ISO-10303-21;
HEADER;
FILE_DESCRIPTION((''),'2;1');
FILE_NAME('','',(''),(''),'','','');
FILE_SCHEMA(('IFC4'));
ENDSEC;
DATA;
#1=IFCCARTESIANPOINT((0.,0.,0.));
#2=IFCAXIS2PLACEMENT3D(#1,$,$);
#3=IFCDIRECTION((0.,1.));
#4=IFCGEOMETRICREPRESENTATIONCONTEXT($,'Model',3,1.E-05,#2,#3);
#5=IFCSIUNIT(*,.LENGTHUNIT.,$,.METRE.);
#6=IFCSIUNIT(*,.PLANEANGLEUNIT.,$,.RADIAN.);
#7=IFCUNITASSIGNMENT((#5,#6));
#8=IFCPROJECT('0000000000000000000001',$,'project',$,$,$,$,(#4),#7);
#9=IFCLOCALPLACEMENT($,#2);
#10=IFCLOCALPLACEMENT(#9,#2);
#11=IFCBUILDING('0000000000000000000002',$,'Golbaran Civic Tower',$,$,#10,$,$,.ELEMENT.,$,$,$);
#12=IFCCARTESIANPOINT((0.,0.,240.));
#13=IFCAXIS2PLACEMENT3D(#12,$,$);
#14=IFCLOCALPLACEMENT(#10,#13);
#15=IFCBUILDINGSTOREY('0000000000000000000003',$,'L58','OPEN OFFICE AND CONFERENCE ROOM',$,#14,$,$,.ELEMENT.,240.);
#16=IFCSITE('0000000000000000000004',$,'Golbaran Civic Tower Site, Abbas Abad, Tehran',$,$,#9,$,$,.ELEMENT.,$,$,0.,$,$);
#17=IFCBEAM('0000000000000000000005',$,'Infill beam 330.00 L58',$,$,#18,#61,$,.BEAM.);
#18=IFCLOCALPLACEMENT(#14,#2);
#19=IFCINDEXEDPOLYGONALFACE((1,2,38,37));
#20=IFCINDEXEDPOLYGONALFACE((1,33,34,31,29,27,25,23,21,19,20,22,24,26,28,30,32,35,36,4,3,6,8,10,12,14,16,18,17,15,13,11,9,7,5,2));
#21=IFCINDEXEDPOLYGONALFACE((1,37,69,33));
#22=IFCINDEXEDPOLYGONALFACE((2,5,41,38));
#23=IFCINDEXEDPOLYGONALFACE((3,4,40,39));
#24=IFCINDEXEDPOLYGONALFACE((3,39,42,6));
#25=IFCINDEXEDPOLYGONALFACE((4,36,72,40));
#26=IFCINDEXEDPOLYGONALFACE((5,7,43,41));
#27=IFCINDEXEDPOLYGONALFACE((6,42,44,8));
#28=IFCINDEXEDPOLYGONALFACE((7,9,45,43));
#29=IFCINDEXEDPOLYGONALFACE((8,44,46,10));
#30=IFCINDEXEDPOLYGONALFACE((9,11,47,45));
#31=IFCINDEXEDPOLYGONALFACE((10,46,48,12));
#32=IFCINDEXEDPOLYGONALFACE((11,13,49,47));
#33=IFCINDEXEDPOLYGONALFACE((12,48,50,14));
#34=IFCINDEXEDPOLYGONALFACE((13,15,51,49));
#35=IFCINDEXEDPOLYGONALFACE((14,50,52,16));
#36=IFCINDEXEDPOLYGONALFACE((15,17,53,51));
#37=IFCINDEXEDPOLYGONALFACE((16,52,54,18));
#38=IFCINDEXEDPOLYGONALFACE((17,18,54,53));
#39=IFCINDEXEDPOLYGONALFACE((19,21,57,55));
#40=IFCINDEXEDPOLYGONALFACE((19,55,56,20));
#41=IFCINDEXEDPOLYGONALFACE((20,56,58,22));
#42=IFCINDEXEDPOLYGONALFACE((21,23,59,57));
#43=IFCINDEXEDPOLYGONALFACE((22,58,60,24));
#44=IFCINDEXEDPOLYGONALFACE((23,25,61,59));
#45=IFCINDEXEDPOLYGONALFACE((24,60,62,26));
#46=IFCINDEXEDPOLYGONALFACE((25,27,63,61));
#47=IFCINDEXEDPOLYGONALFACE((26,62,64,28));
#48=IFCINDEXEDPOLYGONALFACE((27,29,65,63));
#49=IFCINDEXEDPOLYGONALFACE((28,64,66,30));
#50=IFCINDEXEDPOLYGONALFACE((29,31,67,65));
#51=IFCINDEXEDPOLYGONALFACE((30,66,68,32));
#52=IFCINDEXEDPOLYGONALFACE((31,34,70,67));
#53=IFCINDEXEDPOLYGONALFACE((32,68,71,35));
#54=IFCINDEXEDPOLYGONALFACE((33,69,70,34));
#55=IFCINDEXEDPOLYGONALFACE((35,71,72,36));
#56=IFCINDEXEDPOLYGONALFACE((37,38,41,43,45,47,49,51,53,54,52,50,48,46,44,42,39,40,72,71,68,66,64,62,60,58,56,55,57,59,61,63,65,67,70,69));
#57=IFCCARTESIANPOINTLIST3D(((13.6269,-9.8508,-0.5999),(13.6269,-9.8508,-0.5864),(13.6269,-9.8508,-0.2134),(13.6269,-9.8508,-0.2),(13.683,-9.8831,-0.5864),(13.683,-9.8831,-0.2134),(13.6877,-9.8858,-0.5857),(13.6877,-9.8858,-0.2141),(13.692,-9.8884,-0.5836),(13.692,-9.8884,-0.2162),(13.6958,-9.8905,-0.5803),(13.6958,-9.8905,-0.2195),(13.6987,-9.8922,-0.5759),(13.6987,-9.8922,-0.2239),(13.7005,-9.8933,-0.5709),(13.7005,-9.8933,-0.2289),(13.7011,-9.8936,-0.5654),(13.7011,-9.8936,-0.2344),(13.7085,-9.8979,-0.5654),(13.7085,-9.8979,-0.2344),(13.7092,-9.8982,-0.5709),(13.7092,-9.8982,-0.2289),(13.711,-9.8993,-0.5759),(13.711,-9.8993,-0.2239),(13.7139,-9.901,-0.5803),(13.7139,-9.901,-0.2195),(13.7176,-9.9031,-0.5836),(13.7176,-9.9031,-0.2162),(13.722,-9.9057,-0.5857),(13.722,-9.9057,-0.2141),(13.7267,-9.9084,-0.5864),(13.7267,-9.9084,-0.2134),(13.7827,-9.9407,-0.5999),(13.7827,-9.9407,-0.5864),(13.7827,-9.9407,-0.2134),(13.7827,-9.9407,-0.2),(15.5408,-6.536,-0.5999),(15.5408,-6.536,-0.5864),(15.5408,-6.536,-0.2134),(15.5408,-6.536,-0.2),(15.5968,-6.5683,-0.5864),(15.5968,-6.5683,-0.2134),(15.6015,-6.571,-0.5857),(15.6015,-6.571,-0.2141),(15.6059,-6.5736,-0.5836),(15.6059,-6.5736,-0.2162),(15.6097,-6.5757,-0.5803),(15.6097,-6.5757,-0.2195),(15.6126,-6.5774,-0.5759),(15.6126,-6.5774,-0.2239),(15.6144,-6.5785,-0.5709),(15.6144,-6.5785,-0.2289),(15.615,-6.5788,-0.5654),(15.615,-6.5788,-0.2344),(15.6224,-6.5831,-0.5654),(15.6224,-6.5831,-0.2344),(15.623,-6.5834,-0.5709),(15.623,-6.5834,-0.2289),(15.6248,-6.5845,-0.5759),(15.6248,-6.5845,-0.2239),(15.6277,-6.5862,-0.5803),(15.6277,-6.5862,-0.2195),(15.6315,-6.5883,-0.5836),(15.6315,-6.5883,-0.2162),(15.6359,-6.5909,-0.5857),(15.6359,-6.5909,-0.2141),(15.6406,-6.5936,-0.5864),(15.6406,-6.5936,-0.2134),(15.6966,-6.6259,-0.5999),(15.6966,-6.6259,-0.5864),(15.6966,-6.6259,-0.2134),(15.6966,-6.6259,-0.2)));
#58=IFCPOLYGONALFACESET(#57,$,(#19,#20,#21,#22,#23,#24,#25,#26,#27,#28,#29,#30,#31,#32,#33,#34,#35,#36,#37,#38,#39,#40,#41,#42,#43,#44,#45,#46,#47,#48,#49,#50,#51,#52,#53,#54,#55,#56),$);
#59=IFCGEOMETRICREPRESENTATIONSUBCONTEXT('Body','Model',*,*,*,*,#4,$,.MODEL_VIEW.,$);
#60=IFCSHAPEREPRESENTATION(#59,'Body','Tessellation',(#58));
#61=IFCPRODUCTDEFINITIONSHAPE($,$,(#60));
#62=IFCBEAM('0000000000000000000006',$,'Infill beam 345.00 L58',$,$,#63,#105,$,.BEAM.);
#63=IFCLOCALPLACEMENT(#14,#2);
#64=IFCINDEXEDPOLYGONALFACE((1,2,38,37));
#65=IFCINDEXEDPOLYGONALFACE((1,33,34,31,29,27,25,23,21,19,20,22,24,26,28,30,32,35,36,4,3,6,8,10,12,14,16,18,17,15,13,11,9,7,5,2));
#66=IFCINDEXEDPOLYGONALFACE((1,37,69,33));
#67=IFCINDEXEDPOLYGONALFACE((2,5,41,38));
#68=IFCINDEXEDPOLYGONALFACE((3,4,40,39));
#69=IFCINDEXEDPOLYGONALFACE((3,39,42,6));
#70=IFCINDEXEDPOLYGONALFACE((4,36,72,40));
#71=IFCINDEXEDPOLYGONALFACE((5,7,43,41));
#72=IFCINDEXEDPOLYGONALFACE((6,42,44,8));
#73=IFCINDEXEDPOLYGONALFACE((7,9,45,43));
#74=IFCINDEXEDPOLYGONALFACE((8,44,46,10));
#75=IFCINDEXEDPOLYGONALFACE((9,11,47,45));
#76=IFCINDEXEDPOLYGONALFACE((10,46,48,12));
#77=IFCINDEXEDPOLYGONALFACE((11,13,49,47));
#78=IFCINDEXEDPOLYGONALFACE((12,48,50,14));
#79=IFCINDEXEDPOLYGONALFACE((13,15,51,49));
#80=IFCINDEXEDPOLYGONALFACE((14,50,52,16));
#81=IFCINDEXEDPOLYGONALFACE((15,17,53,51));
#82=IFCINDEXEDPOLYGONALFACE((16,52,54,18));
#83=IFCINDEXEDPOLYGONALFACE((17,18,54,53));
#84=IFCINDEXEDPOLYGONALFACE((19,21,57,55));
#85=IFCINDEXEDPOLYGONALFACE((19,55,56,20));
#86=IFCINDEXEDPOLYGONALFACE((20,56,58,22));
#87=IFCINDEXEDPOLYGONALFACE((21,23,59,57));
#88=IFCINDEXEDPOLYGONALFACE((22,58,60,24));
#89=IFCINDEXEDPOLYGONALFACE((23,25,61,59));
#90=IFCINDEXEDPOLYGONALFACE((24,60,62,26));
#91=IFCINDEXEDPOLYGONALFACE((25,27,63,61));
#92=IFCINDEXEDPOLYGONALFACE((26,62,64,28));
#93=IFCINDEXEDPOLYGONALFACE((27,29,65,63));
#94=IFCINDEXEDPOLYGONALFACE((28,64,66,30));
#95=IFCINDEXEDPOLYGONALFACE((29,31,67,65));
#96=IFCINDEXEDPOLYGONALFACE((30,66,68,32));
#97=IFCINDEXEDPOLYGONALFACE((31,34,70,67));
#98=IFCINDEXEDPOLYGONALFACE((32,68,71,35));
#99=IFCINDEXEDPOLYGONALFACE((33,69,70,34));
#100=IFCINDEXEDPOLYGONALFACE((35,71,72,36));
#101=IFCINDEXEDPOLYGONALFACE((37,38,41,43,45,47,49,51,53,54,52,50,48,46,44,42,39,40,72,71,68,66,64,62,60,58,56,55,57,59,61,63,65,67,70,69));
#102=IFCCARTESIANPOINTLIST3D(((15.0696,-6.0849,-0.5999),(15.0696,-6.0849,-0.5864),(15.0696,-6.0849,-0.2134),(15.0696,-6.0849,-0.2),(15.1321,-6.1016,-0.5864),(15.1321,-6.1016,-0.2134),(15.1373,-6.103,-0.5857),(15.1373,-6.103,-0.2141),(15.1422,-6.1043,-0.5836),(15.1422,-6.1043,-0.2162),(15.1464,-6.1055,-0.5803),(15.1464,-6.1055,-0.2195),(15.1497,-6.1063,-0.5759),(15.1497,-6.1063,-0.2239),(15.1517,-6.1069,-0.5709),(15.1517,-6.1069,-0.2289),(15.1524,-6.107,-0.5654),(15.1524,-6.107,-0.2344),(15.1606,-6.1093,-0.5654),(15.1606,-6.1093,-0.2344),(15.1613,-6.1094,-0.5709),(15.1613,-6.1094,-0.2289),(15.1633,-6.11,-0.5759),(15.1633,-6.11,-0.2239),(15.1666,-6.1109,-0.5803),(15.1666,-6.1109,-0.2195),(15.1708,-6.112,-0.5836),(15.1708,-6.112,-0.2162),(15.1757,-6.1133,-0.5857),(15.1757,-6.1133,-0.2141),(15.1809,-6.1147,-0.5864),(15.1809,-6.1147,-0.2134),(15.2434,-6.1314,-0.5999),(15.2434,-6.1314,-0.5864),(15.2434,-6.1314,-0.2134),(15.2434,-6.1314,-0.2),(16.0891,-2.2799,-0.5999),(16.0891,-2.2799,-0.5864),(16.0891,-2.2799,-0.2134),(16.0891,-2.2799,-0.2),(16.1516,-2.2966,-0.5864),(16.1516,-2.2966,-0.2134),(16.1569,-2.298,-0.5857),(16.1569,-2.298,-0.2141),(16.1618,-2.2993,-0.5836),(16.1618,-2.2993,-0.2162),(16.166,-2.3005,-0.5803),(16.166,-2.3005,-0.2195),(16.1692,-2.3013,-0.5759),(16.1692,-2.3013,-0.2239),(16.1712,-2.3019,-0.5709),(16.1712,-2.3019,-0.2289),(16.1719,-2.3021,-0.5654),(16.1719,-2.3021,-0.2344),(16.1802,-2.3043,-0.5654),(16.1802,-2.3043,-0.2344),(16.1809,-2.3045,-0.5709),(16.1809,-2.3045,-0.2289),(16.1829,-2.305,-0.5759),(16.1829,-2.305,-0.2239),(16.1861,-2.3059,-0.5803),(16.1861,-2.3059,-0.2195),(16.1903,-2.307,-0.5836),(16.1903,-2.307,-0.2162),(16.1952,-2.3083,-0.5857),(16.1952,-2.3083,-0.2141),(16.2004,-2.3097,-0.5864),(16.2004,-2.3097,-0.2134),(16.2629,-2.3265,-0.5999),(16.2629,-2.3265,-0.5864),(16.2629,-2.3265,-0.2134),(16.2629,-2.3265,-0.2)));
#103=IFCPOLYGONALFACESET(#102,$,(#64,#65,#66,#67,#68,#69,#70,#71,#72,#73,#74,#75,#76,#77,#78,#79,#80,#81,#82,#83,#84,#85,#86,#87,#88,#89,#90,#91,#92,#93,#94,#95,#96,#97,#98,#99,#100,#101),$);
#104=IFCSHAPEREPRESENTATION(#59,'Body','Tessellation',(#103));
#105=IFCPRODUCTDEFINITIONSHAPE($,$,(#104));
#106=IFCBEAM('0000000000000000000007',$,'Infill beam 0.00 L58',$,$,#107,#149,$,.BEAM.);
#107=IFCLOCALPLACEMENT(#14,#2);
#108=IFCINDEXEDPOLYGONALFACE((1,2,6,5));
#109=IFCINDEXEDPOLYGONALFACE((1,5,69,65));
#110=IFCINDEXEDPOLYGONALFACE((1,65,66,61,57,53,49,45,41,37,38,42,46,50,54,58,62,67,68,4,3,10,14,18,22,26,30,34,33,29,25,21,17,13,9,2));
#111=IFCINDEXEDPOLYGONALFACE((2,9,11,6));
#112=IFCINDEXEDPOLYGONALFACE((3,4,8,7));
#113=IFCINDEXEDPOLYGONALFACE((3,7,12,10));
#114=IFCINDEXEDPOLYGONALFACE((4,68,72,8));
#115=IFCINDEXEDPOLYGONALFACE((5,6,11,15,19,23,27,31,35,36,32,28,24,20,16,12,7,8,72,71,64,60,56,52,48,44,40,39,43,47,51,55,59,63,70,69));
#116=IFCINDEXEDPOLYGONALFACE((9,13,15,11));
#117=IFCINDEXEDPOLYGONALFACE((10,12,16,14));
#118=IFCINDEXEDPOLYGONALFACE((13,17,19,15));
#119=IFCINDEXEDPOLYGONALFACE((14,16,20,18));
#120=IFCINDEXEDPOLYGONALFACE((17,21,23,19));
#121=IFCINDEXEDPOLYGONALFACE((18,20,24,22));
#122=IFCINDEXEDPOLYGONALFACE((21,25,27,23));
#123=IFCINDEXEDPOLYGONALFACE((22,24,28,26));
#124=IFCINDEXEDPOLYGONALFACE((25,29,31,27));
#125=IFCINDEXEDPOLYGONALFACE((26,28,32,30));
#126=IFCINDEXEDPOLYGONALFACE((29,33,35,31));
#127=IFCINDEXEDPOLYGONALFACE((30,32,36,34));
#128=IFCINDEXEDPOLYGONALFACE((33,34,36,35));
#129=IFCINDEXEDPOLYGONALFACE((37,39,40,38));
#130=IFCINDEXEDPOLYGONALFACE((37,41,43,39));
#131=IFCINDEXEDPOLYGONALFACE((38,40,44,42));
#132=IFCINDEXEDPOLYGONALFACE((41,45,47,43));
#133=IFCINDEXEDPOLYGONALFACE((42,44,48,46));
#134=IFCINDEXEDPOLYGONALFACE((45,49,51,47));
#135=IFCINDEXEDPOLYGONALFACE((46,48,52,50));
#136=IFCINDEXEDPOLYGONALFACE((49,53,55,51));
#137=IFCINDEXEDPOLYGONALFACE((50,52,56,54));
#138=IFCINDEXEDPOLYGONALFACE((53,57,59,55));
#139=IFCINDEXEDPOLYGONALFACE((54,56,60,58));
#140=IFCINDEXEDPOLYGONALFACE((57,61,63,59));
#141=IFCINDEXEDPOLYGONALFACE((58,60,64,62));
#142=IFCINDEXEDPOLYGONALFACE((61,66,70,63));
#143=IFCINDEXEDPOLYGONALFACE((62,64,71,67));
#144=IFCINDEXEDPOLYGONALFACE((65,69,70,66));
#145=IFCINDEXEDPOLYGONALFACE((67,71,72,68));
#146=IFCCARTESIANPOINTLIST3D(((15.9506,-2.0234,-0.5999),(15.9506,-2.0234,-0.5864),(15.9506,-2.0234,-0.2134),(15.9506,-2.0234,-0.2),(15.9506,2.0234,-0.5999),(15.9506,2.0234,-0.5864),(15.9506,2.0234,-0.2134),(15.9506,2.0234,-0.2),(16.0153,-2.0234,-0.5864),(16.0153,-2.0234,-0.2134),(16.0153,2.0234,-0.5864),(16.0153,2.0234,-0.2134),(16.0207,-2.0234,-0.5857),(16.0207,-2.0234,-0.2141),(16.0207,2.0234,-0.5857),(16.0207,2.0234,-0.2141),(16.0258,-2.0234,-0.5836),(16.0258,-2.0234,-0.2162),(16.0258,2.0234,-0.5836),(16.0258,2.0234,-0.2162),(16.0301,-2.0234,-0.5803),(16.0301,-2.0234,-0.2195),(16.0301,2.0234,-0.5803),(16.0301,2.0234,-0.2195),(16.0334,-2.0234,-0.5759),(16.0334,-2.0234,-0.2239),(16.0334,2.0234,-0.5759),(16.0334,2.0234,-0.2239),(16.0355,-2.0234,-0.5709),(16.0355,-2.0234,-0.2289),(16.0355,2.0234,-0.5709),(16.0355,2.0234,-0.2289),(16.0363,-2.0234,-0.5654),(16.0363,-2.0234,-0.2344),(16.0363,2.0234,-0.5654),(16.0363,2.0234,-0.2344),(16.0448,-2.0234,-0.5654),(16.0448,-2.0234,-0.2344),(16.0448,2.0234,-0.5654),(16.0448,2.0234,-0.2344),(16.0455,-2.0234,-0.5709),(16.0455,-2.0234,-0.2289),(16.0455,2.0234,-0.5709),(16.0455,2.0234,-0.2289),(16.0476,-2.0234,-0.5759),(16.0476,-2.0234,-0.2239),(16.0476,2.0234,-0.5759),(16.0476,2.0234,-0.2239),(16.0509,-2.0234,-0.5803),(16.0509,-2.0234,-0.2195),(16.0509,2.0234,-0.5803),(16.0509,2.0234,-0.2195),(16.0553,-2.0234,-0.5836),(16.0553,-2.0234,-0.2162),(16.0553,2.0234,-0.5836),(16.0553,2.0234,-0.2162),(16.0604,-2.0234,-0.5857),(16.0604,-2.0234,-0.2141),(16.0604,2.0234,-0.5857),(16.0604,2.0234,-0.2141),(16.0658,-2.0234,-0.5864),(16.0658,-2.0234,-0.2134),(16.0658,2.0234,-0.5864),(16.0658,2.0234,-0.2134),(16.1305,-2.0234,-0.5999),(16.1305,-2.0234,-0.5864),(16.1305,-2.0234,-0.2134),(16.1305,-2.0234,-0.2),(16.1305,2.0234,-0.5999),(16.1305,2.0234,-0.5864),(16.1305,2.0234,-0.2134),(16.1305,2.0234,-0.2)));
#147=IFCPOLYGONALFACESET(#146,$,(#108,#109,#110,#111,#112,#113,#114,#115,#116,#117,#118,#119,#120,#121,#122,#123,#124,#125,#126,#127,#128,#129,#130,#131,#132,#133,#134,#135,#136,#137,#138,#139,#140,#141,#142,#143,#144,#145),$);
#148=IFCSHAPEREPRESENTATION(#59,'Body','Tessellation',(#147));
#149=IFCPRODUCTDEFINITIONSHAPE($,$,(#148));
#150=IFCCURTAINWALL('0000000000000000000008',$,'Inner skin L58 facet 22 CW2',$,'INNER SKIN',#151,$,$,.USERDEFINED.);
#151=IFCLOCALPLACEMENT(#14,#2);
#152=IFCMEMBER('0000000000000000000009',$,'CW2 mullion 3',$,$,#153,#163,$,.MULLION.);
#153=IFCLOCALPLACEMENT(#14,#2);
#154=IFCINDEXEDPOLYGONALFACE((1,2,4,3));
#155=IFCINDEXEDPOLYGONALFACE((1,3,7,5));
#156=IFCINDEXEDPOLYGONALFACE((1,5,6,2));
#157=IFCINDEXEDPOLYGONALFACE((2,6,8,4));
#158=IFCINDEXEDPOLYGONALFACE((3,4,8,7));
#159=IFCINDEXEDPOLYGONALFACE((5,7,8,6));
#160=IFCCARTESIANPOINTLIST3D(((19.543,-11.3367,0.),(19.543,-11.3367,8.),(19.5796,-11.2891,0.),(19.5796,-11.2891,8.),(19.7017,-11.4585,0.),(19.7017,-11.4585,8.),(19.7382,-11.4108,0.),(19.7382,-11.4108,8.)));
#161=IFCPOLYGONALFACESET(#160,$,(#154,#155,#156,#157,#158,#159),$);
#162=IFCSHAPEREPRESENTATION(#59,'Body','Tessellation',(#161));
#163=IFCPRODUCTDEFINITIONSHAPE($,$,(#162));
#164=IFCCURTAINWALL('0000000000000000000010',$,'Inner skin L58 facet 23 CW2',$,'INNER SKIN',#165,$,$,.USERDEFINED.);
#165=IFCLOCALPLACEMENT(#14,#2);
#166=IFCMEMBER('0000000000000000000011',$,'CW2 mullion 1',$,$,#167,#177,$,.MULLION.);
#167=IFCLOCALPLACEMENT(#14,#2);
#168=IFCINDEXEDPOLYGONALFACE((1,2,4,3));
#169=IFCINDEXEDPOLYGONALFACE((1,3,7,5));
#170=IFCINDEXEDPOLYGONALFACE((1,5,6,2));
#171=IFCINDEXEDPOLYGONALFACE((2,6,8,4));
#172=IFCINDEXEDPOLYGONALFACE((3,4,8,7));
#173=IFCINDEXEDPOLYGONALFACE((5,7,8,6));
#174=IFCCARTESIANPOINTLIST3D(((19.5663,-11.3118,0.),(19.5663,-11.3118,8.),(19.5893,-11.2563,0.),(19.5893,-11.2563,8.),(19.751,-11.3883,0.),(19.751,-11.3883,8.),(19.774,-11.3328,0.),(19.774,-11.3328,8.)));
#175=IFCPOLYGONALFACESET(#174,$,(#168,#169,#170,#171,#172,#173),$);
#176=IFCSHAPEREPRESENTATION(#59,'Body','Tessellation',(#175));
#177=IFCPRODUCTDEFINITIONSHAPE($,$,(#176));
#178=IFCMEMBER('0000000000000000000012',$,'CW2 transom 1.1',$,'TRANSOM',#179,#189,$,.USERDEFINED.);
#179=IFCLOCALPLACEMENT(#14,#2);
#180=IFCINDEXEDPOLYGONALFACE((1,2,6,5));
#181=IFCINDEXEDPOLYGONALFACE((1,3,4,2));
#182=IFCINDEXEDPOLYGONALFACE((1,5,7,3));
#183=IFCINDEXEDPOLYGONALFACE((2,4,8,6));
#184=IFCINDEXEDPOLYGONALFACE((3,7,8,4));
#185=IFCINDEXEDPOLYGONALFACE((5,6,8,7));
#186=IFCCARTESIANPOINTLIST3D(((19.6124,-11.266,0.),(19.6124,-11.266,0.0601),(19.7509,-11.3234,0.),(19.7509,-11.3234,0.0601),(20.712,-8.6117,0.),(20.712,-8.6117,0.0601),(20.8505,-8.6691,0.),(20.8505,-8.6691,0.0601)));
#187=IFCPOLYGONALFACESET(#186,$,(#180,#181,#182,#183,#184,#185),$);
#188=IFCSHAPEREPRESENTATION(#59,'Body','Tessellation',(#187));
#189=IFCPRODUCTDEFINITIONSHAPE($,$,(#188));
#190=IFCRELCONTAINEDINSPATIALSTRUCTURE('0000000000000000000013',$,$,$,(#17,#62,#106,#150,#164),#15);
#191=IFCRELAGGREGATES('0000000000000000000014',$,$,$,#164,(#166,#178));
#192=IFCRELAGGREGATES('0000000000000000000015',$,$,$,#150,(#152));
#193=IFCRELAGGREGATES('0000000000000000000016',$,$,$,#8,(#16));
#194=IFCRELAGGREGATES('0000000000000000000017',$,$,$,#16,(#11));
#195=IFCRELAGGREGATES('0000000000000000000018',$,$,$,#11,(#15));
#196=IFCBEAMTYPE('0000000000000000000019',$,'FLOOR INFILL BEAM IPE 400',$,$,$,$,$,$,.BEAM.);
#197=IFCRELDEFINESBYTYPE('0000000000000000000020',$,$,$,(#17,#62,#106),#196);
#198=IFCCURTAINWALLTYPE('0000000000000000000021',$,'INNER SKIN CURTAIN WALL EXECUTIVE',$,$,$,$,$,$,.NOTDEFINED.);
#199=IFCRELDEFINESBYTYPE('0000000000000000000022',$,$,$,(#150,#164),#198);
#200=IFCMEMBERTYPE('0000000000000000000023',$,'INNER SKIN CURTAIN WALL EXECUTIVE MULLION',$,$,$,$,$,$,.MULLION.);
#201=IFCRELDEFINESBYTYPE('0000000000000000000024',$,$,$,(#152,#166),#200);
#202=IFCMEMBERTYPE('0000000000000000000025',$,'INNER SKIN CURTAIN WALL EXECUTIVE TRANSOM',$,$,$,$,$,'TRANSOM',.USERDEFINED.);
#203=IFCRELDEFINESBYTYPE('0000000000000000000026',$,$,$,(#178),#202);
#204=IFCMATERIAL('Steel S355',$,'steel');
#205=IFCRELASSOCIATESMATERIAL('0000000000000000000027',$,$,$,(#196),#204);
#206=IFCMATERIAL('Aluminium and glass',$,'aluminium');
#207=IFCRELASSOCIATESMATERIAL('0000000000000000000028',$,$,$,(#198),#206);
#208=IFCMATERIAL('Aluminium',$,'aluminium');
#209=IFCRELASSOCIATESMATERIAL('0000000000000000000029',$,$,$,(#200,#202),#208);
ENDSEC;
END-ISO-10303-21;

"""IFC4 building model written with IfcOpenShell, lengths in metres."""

from ifc_helpers import new_model, si_unit, direction, frame, origin, origin_2d, place, context, subcontext, project, spatial, rectangle, i_section, extrude, material, material_profile, profile_set, type_object, element, aggregate, save


model = new_model("IFC4")

# Units and contexts
model_context = context("Model", 3, precision=1e-05, world=origin(), true_north=direction((0.0, 1.0)))
body_context = subcontext(model_context, "Body", "Model", "MODEL_VIEW")
ifc_project = project(units=[si_unit("LENGTHUNIT", "METRE"), si_unit("PLANEANGLEUNIT", "RADIAN")], contexts=[model_context])

# Site, building, storey
site_placement = place(None, origin())
site = spatial("IfcSite", under=ifc_project, at=site_placement, Name="Golbaran Civic Tower Site, Abbas Abad, Tehran", CompositionType="ELEMENT", RefElevation=0.0)
building_placement = place(site_placement, origin())
building = spatial("IfcBuilding", under=site, at=building_placement, Name="Golbaran Civic Tower", CompositionType="ELEMENT")
storey_placement = place(building_placement, frame((0.0, 0.0, 240.0)))
storey = spatial("IfcBuildingStorey", under=building, at=storey_placement, Name="L58", Description="OPEN OFFICE AND CONFERENCE ROOM", CompositionType="ELEMENT", Elevation=240.0)

# Beams
ifc_material_1 = material(Name="Steel S355", Category="steel")
ifc_material_profile_1 = material_profile(ifc_material_1, i_section(OverallWidth=0.1799, OverallDepth=0.3999, WebThickness=0.0085, FlangeThickness=0.0134, FilletRadius=0.021, at=origin_2d()), Name="IPE 400")
ifc_profile_set_1 = profile_set([ifc_material_profile_1], Name="Steel S355")
beam_type_1 = type_object("IfcBeamType", Name="FLOOR INFILL BEAM IPE 400", PredefinedType="BEAM", material=ifc_profile_set_1)
beam_1_placement = place(storey_placement, frame((13.7048, -9.8958, -0.3999), z_axis=(0.500015, 0.866017, 0.0), x_axis=(-0.866017, 0.500015, 0.0)))
element("IfcBeam", 1, at=beam_1_placement, inside=storey, type_object=beam_type_1, Name="Infill beam 330.00 L58", PredefinedType="BEAM", context=body_context, shape_type="SweptSolid", body=[
    extrude(i_section(OverallWidth=0.1799, OverallDepth=0.3999, WebThickness=0.0085, FlangeThickness=0.0134, FilletRadius=0.021, at=origin_2d()), origin(), (0.0, 0.0, 1.0), 3.8276),
])
beam_2_placement = place(storey_placement, frame((15.1565, -6.1082, -0.3999), z_axis=(0.25882, 0.965926, 0.0), x_axis=(-0.965926, 0.25882, 0.0)))
element("IfcBeam", 2, at=beam_2_placement, inside=storey, type_object=beam_type_1, Name="Infill beam 345.00 L58", PredefinedType="BEAM", context=body_context, shape_type="SweptSolid", body=[
    extrude(i_section(OverallWidth=0.1799, OverallDepth=0.3999, WebThickness=0.0085, FlangeThickness=0.0134, FilletRadius=0.021, at=origin_2d()), origin(), (0.0, 0.0, 1.0), 3.9392),
])
beam_3_placement = place(storey_placement, frame((16.0405, -2.0234, -0.3999), z_axis=(0.0, 1.0, 0.0), x_axis=(-1.0, 0.0, 0.0)))
element("IfcBeam", 3, at=beam_3_placement, inside=storey, type_object=beam_type_1, Name="Infill beam 0.00 L58", PredefinedType="BEAM", context=body_context, shape_type="SweptSolid", body=[
    extrude(i_section(OverallWidth=0.1799, OverallDepth=0.3999, WebThickness=0.0085, FlangeThickness=0.0134, FilletRadius=0.021, at=origin_2d()), origin(), (0.0, 0.0, 1.0), 4.0469),
])

# Curtain wall, member
ifc_material_2 = material(Name="Aluminium and glass", Category="aluminium")
curtain_wall_type = type_object("IfcCurtainWallType", Name="INNER SKIN CURTAIN WALL EXECUTIVE", PredefinedType="NOTDEFINED", material=ifc_material_2)
curtain_wall_1_placement = place(storey_placement, origin())
curtain_wall_1 = element("IfcCurtainWall", 4, at=curtain_wall_1_placement, inside=storey, type_object=curtain_wall_type, Name="Inner skin L58 facet 22 CW2", ObjectType="INNER SKIN", PredefinedType="USERDEFINED")
ifc_material_3 = material(Name="Aluminium", Category="aluminium")
ifc_material_profile_2 = material_profile(ifc_material_3, rectangle(XDim=0.2, YDim=0.0601, at=origin_2d()), Name="INNER SKIN CURTAIN WALL EXECUTIVE MULLION")
ifc_profile_set_2 = profile_set([ifc_material_profile_2], Name="Aluminium")
member_type_1 = type_object("IfcMemberType", Name="INNER SKIN CURTAIN WALL EXECUTIVE MULLION", PredefinedType="MULLION", material=ifc_profile_set_2)
member_1_placement = place(storey_placement, frame((19.6406, -11.3738, 0.0), z_axis=(0.0, 0.0, 1.0), x_axis=(-0.793353, 0.608761, 0.0)))
member_1 = element("IfcMember", 5, at=member_1_placement, type_object=member_type_1, Name="CW2 mullion 3", PredefinedType="MULLION", context=body_context, shape_type="SweptSolid", body=[
    extrude(rectangle(XDim=0.2, YDim=0.0601, at=origin_2d()), origin(), (0.0, 0.0, 1.0), 8.0),
])

# Curtain wall, members
curtain_wall_2_placement = place(storey_placement, origin())
curtain_wall_2 = element("IfcCurtainWall", 6, at=curtain_wall_2_placement, inside=storey, type_object=curtain_wall_type, Name="Inner skin L58 facet 23 CW2", ObjectType="INNER SKIN", PredefinedType="USERDEFINED")
member_2_placement = place(storey_placement, frame((19.6702, -11.3223, 0.0), z_axis=(0.0, 0.0, 1.0), x_axis=(-0.92388, 0.382683, 0.0)))
member_2 = element("IfcMember", 7, at=member_2_placement, type_object=member_type_1, Name="CW2 mullion 1", PredefinedType="MULLION", context=body_context, shape_type="SweptSolid", body=[
    extrude(rectangle(XDim=0.2, YDim=0.0601, at=origin_2d()), origin(), (0.0, 0.0, 1.0), 8.0),
])
ifc_material_profile_3 = material_profile(ifc_material_3, rectangle(XDim=0.1499, YDim=0.0601, at=origin_2d()), Name="INNER SKIN CURTAIN WALL EXECUTIVE TRANSOM")
ifc_profile_set_3 = profile_set([ifc_material_profile_3], Name="Aluminium")
member_type_2 = type_object("IfcMemberType", Name="INNER SKIN CURTAIN WALL EXECUTIVE TRANSOM", ElementType="TRANSOM", PredefinedType="USERDEFINED", material=ifc_profile_set_3)
member_3_placement = place(storey_placement, frame((19.6816, -11.2947, 0.03), z_axis=(0.382732, 0.923859, 0.0), x_axis=(-0.923859, 0.382732, 0.0)))
member_3 = element("IfcMember", 8, at=member_3_placement, type_object=member_type_2, Name="CW2 transom 1.1", ObjectType="TRANSOM", PredefinedType="USERDEFINED", context=body_context, shape_type="SweptSolid", body=[
    extrude(rectangle(XDim=0.1499, YDim=0.0601, at=origin_2d()), origin(), (0.0, 0.0, 1.0), 2.873),
])

aggregate(curtain_wall_2, [member_2, member_3])
aggregate(curtain_wall_1, [member_1])

save(model, "model.ifc")
